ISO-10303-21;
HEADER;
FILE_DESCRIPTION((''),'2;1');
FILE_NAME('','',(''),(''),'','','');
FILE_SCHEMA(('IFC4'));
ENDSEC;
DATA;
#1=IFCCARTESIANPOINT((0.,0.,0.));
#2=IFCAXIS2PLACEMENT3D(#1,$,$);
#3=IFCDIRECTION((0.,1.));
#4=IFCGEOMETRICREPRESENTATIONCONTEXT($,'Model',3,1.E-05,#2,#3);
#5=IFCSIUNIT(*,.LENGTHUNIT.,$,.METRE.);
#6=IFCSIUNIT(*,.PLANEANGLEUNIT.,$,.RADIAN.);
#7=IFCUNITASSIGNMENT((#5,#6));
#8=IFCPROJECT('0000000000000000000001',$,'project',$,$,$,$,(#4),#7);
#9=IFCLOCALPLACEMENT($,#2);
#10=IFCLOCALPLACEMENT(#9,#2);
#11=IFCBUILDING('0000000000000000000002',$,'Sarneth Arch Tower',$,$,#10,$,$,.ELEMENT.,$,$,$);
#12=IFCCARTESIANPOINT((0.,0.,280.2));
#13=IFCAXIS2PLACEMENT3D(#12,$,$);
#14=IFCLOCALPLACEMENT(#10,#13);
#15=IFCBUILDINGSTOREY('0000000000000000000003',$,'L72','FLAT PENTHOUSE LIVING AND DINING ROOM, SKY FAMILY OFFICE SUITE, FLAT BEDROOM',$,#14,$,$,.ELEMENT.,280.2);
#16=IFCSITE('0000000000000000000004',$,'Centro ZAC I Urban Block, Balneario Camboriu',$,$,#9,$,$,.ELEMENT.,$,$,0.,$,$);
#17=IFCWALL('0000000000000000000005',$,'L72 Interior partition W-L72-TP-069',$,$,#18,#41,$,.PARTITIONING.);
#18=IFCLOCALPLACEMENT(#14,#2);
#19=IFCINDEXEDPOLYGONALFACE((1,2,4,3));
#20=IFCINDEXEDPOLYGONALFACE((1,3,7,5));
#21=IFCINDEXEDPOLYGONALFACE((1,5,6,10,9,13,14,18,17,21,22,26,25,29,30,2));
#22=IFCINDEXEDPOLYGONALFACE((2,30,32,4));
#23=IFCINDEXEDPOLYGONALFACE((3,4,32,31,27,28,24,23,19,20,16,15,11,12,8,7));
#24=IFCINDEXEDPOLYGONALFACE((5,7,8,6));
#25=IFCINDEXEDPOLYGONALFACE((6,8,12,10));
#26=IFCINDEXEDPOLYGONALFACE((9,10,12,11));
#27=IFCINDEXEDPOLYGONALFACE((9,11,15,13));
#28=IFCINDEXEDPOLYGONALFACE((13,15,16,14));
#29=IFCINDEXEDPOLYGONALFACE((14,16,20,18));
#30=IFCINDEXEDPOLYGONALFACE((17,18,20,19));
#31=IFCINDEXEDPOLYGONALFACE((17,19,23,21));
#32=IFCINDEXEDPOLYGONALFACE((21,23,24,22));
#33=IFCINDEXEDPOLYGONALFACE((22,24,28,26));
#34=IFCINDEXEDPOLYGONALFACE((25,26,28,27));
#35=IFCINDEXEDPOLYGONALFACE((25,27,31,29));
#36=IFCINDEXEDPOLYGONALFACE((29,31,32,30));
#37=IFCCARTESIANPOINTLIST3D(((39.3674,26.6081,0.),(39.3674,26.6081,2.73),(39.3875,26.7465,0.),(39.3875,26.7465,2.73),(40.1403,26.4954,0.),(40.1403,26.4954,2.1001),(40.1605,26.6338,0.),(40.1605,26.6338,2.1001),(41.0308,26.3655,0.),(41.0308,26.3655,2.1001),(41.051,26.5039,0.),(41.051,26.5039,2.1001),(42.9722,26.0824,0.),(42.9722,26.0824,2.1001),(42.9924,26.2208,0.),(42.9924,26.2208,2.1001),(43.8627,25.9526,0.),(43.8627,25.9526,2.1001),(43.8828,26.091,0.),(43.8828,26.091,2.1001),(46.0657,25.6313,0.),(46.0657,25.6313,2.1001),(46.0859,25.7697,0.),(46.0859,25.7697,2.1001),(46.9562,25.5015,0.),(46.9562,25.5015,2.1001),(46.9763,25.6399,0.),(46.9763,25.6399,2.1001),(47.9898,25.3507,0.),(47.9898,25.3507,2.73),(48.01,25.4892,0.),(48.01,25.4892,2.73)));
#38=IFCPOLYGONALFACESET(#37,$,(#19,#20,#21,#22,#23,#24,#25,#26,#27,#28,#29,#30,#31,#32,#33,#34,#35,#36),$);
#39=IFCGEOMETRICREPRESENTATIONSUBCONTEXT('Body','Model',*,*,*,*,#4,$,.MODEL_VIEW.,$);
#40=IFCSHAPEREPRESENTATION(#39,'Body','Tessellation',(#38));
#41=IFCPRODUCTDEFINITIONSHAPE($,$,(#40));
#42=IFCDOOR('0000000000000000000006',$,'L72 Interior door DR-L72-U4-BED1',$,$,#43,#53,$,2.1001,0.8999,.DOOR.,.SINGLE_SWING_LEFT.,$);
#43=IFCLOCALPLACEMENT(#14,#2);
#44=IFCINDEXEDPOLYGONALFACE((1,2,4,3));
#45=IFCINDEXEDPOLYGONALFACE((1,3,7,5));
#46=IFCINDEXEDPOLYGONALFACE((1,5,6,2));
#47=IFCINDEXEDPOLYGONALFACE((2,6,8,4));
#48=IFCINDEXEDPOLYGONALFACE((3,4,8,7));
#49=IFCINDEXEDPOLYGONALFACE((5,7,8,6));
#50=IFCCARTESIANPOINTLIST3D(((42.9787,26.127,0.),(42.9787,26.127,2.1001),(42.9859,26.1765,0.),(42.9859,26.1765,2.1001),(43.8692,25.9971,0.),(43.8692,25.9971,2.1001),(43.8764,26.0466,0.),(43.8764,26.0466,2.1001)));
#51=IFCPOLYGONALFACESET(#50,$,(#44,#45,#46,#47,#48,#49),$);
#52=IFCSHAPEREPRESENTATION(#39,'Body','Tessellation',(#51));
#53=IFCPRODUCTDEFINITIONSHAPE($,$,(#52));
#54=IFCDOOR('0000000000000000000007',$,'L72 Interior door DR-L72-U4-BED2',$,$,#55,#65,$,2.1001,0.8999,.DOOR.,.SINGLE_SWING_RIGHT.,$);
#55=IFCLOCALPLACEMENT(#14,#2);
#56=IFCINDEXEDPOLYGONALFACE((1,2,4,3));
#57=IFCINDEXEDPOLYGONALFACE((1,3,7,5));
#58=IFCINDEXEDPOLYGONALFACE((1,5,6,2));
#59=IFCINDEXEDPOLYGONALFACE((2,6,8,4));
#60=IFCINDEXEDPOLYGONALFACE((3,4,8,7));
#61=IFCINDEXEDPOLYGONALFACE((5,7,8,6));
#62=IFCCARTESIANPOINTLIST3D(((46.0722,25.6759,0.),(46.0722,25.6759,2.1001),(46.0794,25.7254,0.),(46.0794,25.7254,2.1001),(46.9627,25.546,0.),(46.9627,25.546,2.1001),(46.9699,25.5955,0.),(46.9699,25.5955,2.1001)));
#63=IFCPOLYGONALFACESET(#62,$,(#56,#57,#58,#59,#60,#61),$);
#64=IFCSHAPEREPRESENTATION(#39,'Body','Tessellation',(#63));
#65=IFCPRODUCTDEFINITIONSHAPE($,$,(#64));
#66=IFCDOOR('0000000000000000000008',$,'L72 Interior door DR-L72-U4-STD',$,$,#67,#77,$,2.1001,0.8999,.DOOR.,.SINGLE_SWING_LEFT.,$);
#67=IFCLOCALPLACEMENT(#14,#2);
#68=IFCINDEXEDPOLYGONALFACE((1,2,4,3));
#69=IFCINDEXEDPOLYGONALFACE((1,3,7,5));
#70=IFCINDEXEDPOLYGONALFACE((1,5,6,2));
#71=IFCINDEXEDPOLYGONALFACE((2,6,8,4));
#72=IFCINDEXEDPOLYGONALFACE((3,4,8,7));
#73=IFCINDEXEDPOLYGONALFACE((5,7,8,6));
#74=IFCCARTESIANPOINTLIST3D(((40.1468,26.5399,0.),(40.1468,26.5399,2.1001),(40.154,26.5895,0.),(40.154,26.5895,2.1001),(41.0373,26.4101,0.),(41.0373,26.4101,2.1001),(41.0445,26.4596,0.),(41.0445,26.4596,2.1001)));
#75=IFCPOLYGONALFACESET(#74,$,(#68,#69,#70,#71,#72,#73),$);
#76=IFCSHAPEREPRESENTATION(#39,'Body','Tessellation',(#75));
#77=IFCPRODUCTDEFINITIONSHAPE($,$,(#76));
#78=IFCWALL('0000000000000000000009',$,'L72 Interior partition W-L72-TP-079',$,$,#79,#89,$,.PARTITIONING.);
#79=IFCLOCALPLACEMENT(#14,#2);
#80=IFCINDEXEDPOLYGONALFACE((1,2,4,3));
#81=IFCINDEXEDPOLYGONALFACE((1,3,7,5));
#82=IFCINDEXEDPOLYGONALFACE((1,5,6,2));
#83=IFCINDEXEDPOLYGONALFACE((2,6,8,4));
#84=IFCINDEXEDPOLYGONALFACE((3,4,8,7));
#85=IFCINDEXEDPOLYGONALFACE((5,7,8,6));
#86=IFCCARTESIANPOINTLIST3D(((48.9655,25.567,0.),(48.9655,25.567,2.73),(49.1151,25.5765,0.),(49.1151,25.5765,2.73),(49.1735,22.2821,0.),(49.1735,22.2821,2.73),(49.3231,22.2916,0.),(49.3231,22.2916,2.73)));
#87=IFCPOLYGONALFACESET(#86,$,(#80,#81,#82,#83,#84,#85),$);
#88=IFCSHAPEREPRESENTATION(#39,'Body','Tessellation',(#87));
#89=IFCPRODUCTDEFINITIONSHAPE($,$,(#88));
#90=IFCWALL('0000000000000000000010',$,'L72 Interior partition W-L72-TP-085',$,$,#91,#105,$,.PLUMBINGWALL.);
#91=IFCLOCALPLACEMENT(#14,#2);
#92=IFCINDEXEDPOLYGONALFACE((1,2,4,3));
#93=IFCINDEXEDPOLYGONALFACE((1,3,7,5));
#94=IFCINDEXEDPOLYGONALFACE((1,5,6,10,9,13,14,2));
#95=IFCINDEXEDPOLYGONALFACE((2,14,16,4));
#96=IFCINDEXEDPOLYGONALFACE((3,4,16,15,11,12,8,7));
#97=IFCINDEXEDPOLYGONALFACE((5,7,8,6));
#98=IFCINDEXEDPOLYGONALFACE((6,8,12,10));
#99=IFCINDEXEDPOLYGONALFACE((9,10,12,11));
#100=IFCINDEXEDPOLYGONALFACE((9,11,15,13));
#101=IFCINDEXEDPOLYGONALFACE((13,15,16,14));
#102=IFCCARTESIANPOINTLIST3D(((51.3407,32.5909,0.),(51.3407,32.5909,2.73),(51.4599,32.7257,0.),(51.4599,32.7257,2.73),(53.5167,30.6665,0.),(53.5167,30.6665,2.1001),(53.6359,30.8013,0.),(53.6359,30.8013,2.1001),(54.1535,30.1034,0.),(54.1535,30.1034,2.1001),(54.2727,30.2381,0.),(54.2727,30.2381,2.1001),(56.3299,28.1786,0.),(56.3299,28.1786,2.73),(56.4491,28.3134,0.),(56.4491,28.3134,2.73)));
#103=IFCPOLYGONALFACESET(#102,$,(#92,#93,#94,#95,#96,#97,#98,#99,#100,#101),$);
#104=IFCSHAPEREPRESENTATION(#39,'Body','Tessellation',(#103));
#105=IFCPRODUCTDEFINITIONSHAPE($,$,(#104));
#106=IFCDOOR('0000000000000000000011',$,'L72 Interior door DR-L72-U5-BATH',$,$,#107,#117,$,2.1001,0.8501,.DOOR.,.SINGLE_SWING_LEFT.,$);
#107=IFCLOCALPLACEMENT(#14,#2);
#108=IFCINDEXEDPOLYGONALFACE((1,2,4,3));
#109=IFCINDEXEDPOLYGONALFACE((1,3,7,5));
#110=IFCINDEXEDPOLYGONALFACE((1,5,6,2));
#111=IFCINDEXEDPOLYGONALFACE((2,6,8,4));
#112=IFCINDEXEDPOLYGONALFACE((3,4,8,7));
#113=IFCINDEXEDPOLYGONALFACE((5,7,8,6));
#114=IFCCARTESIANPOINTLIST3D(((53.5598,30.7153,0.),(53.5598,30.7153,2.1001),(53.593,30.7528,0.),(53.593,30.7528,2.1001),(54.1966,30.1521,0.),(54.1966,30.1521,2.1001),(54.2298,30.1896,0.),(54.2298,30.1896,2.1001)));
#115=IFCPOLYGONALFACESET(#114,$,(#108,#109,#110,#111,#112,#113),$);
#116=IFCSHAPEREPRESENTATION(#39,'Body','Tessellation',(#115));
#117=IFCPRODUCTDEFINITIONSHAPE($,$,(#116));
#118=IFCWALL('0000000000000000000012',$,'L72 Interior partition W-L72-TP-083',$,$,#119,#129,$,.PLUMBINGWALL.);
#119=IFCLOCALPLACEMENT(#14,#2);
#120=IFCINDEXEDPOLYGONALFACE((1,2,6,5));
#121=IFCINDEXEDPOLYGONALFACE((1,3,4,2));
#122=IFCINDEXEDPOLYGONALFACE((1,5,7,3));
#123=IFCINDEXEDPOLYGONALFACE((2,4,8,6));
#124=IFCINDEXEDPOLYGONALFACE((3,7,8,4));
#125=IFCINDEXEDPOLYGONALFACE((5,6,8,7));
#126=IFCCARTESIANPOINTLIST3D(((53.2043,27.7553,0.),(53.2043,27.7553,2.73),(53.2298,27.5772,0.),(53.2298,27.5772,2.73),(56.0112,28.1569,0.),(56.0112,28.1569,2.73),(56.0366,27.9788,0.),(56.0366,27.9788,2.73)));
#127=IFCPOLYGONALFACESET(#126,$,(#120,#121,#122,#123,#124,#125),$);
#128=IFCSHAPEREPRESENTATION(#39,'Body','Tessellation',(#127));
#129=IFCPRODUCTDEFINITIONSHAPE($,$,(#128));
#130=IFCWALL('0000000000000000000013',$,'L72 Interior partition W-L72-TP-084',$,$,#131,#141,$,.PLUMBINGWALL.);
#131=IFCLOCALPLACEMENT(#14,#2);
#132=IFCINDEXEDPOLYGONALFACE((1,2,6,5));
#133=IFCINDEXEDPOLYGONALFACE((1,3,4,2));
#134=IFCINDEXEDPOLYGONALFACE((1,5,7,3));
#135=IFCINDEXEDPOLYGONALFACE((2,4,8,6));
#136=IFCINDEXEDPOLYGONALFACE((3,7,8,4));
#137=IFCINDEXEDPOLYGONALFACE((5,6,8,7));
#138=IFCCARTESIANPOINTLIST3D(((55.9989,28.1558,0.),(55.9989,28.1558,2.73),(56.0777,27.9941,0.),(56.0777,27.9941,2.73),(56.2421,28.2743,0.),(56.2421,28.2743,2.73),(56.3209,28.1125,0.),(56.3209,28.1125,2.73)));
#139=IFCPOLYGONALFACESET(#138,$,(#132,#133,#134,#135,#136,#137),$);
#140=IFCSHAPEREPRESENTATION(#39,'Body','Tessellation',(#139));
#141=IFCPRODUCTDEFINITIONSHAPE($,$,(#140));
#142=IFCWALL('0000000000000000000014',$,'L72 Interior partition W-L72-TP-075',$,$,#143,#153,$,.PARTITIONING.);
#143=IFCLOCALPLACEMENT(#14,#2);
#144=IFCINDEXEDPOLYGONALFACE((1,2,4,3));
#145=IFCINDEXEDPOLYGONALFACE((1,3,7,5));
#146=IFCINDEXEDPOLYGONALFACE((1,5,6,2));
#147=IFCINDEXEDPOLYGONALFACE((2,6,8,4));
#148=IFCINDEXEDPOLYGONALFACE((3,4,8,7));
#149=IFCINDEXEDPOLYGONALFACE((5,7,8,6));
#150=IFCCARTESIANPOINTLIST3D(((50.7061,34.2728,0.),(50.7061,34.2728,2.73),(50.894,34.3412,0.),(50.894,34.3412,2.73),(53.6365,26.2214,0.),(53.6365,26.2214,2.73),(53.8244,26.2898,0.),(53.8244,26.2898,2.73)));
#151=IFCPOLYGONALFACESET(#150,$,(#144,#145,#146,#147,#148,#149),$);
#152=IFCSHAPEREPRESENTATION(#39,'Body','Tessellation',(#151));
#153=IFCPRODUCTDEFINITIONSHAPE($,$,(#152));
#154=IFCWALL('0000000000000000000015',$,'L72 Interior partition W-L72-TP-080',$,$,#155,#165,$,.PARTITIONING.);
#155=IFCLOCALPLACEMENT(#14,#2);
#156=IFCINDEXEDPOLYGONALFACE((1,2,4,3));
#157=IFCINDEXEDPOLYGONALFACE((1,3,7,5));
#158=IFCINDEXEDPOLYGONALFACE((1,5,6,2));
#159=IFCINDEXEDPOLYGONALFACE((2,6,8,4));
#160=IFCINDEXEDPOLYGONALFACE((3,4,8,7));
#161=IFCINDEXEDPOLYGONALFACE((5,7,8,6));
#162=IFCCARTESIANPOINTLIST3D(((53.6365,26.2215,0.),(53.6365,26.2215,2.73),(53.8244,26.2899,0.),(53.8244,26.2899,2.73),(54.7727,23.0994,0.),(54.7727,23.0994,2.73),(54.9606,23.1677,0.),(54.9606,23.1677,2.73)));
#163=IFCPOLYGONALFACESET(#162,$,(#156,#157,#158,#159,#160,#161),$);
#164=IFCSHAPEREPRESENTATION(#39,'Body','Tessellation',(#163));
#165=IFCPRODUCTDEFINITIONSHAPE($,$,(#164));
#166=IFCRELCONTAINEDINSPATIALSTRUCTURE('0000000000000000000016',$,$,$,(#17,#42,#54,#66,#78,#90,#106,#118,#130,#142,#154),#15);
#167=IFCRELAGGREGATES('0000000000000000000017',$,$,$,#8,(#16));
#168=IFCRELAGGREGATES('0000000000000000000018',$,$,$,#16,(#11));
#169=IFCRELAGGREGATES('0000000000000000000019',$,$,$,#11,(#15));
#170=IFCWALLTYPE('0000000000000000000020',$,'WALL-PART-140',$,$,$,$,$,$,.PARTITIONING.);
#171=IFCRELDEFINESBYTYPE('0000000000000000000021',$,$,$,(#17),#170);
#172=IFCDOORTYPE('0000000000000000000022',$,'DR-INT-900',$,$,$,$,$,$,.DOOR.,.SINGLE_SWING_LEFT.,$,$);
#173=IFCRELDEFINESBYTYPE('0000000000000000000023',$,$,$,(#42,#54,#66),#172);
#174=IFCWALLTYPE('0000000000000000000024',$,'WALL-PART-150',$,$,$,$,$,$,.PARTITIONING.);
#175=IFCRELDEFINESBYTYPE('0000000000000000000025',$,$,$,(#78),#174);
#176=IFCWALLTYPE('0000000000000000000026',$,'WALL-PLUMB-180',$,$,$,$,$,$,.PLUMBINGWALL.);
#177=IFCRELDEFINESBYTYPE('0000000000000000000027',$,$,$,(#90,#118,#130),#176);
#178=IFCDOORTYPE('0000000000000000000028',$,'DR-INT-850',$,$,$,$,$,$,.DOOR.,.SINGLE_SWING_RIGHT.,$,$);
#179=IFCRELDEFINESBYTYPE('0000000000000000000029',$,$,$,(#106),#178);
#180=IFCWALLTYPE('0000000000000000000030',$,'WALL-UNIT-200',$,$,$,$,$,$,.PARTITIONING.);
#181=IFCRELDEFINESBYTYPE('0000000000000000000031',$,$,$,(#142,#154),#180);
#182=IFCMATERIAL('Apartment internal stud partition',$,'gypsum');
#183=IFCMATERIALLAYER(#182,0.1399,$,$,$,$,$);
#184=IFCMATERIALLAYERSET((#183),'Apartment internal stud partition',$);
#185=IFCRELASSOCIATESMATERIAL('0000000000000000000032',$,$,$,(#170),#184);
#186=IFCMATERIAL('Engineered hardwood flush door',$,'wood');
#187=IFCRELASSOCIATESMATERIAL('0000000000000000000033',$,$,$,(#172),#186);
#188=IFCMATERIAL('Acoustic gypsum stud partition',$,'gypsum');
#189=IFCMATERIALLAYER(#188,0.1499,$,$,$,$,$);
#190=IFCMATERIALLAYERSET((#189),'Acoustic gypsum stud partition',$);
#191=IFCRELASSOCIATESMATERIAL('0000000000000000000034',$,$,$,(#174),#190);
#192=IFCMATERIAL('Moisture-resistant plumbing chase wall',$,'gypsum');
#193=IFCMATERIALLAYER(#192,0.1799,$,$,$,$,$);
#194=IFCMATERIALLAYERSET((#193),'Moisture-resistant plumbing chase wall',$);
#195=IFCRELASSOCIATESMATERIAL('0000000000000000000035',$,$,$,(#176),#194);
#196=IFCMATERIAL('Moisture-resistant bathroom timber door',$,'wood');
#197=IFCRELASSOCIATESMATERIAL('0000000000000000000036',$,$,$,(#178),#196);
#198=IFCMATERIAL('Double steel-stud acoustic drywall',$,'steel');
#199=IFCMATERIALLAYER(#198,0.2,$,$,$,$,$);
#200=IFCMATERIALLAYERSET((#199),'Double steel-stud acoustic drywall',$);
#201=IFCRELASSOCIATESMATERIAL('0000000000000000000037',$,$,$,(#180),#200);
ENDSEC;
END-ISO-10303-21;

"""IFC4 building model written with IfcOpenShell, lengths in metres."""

from ifc_helpers import new_model, si_unit, direction, frame, frame_2d, origin, place, context, subcontext, project, spatial, rectangle, extrude, material, layer, layer_set, type_object, element, fill, save


model = new_model("IFC4")

# Units and contexts
model_context = context("Model", 3, precision=1e-05, world=origin(), true_north=direction((0.0, 1.0)))
body_context = subcontext(model_context, "Body", "Model", "MODEL_VIEW")
ifc_project = project(units=[si_unit("LENGTHUNIT", "METRE"), si_unit("PLANEANGLEUNIT", "RADIAN")], contexts=[model_context])

# Site, building, storey
site_placement = place(None, origin())
site = spatial("IfcSite", under=ifc_project, at=site_placement, Name="Centro ZAC I Urban Block, Balneario Camboriu", CompositionType="ELEMENT", RefElevation=0.0)
building_placement = place(site_placement, origin())
building = spatial("IfcBuilding", under=site, at=building_placement, Name="Sarneth Arch Tower", CompositionType="ELEMENT")
storey_placement = place(building_placement, frame((0.0, 0.0, 280.2)))
storey = spatial("IfcBuildingStorey", under=building, at=storey_placement, Name="L72", Description="FLAT PENTHOUSE LIVING AND DINING ROOM, SKY FAMILY OFFICE SUITE, FLAT BEDROOM", CompositionType="ELEMENT", Elevation=280.2)

# Shared definitions
ifc_material_1 = material(Name="Apartment internal stud partition", Category="gypsum")
ifc_layer_1 = layer(ifc_material_1, 0.1399)
ifc_layer_set_1 = layer_set([ifc_layer_1], Name="Apartment internal stud partition")
wall_type_1 = type_object("IfcWallType", Name="WALL-PART-140", PredefinedType="PARTITIONING", material=ifc_layer_set_1)
ifc_material_2 = material(Name="Engineered hardwood flush door", Category="wood")
door_type_1 = type_object("IfcDoorType", Name="DR-INT-900", OperationType="SINGLE_SWING_LEFT", PredefinedType="DOOR", material=ifc_material_2)

# Wall, openings, doors
wall_1_placement = place(storey_placement, frame((48.0, 25.4199, 0.0), z_axis=(0.0, 0.0, 1.0), x_axis=(-0.989535, 0.144296, 0.0)))
wall_1 = element("IfcWall", 1, at=wall_1_placement, inside=storey, type_object=wall_type_1, Name="L72 Interior partition W-L72-TP-069", PredefinedType="PARTITIONING", context=body_context, shape_type="SweptSolid", body=[
    extrude(rectangle(XDim=8.7136, YDim=0.1399, at=frame_2d((4.3569, 0.0))), origin(), (0.0, 0.0, 1.0), 2.73),
])
opening_1_placement = place(wall_1_placement, frame((4.1709, 0.0, 0.0)))
opening_1 = element("IfcOpeningElement", 2, at=opening_1_placement, cuts=wall_1, PredefinedType="OPENING", context=body_context, shape_type="SweptSolid", body=[
    extrude(rectangle(XDim=0.8999, YDim=2.1001, at=frame_2d((0.45, 1.05))), frame((0.0, 0.0798, 0.0), z_axis=(0.0, -1.0, 0.0), x_axis=(1.0, 0.0, 0.0)), (0.0, 0.0, 1.0), 0.1599),
])
opening_2_placement = place(wall_1_placement, frame((1.0447, 0.0, 0.0)))
opening_2 = element("IfcOpeningElement", 3, at=opening_2_placement, cuts=wall_1, PredefinedType="OPENING", context=body_context, shape_type="SweptSolid", body=[
    extrude(rectangle(XDim=0.8999, YDim=2.1001, at=frame_2d((0.45, 1.05))), frame((0.0, 0.0798, 0.0), z_axis=(0.0, -1.0, 0.0), x_axis=(1.0, 0.0, 0.0)), (0.0, 0.0, 1.0), 0.1599),
])
opening_3_placement = place(wall_1_placement, frame((7.0327, 0.0, 0.0)))
opening_3 = element("IfcOpeningElement", 4, at=opening_3_placement, cuts=wall_1, PredefinedType="OPENING", context=body_context, shape_type="SweptSolid", body=[
    extrude(rectangle(XDim=0.8999, YDim=2.1001, at=frame_2d((0.45, 1.05))), frame((0.0, 0.0798, 0.0), z_axis=(0.0, -1.0, 0.0), x_axis=(1.0, 0.0, 0.0)), (0.0, 0.0, 1.0), 0.1599),
])
door_1_placement = place(opening_1_placement, origin())
door_1 = element("IfcDoor", 5, at=door_1_placement, inside=storey, type_object=door_type_1, Name="L72 Interior door DR-L72-U4-BED1", OperationType="SINGLE_SWING_LEFT", OverallHeight=2.1001, OverallWidth=0.8999, PredefinedType="DOOR", context=body_context, shape_type="SweptSolid", body=[
    extrude(rectangle(XDim=0.8999, YDim=2.1001, at=frame_2d((0.45, 1.05))), frame((0.0, 0.0249, 0.0), z_axis=(0.0, -1.0, 0.0), x_axis=(1.0, 0.0, 0.0)), (0.0, 0.0, 1.0), 0.05),
])
fill(opening_1, door_1)
door_2_placement = place(opening_2_placement, origin())
door_2 = element("IfcDoor", 6, at=door_2_placement, inside=storey, type_object=door_type_1, Name="L72 Interior door DR-L72-U4-BED2", OperationType="SINGLE_SWING_RIGHT", OverallHeight=2.1001, OverallWidth=0.8999, PredefinedType="DOOR", context=body_context, shape_type="SweptSolid", body=[
    extrude(rectangle(XDim=0.8999, YDim=2.1001, at=frame_2d((0.45, 1.05))), frame((0.0, 0.0249, 0.0), z_axis=(0.0, -1.0, 0.0), x_axis=(1.0, 0.0, 0.0)), (0.0, 0.0, 1.0), 0.05),
])
fill(opening_2, door_2)
door_3_placement = place(opening_3_placement, origin())
door_3 = element("IfcDoor", 7, at=door_3_placement, inside=storey, type_object=door_type_1, Name="L72 Interior door DR-L72-U4-STD", OperationType="SINGLE_SWING_LEFT", OverallHeight=2.1001, OverallWidth=0.8999, PredefinedType="DOOR", context=body_context, shape_type="SweptSolid", body=[
    extrude(rectangle(XDim=0.8999, YDim=2.1001, at=frame_2d((0.45, 1.05))), frame((0.0, 0.0249, 0.0), z_axis=(0.0, -1.0, 0.0), x_axis=(1.0, 0.0, 0.0)), (0.0, 0.0, 1.0), 0.05),
])
fill(opening_3, door_3)

# Wall
ifc_material_3 = material(Name="Acoustic gypsum stud partition", Category="gypsum")
ifc_layer_2 = layer(ifc_material_3, 0.1499)
ifc_layer_set_2 = layer_set([ifc_layer_2], Name="Acoustic gypsum stud partition")
wall_type_2 = type_object("IfcWallType", Name="WALL-PART-150", PredefinedType="PARTITIONING", material=ifc_layer_set_2)
wall_2_placement = place(storey_placement, frame((49.0403, 25.5718, 0.0), z_axis=(0.0, 0.0, 1.0), x_axis=(0.063196, -0.998001, 0.0)))
element("IfcWall", 8, at=wall_2_placement, inside=storey, type_object=wall_type_2, Name="L72 Interior partition W-L72-TP-079", PredefinedType="PARTITIONING", context=body_context, shape_type="SweptSolid", body=[
    extrude(rectangle(XDim=3.2915, YDim=0.1499, at=frame_2d((1.6458, 0.0))), origin(), (0.0, 0.0, 1.0), 2.73),
])

# Wall, opening, door
ifc_material_4 = material(Name="Moisture-resistant plumbing chase wall", Category="gypsum")
ifc_layer_3 = layer(ifc_material_4, 0.1799)
ifc_layer_set_3 = layer_set([ifc_layer_3], Name="Moisture-resistant plumbing chase wall")
wall_type_3 = type_object("IfcWallType", Name="WALL-PLUMB-180", PredefinedType="PLUMBINGWALL", material=ifc_layer_set_3)
wall_3_placement = place(storey_placement, frame((56.3894, 28.2461, 0.0), z_axis=(0.0, 0.0, 1.0), x_axis=(-0.749088, 0.662471, 0.0)))
wall_3 = element("IfcWall", 9, at=wall_3_placement, inside=storey, type_object=wall_type_3, Name="L72 Interior partition W-L72-TP-085", PredefinedType="PLUMBINGWALL", context=body_context, shape_type="SweptSolid", body=[
    extrude(rectangle(XDim=6.6604, YDim=0.1799, at=frame_2d((3.3301, 0.0))), origin(), (0.0, 0.0, 1.0), 2.73),
])
opening_4_placement = place(wall_3_placement, frame((2.9053, 0.0, 0.0)))
opening_4 = element("IfcOpeningElement", 10, at=opening_4_placement, cuts=wall_3, PredefinedType="OPENING", context=body_context, shape_type="SweptSolid", body=[
    extrude(rectangle(XDim=0.8501, YDim=2.1001, at=frame_2d((0.425, 1.05))), frame((0.0, 0.0999, 0.0), z_axis=(0.0, -1.0, 0.0), x_axis=(1.0, 0.0, 0.0)), (0.0, 0.0, 1.0), 0.2),
])
ifc_material_5 = material(Name="Moisture-resistant bathroom timber door", Category="wood")
door_type_2 = type_object("IfcDoorType", Name="DR-INT-850", OperationType="SINGLE_SWING_RIGHT", PredefinedType="DOOR", material=ifc_material_5)
door_4_placement = place(opening_4_placement, origin())
door_4 = element("IfcDoor", 11, at=door_4_placement, inside=storey, type_object=door_type_2, Name="L72 Interior door DR-L72-U5-BATH", OperationType="SINGLE_SWING_LEFT", OverallHeight=2.1001, OverallWidth=0.8501, PredefinedType="DOOR", context=body_context, shape_type="SweptSolid", body=[
    extrude(rectangle(XDim=0.8501, YDim=2.1001, at=frame_2d((0.425, 1.05))), frame((0.0, 0.0249, 0.0), z_axis=(0.0, -1.0, 0.0), x_axis=(1.0, 0.0, 0.0)), (0.0, 0.0, 1.0), 0.05),
])
fill(opening_4, door_4)

# Walls
wall_4_placement = place(storey_placement, frame((53.217, 27.6663, 0.0), z_axis=(0.0, 0.0, 1.0), x_axis=(0.989918, 0.141638, 0.0)))
element("IfcWall", 12, at=wall_4_placement, inside=storey, type_object=wall_type_3, Name="L72 Interior partition W-L72-TP-083", PredefinedType="PLUMBINGWALL", context=body_context, shape_type="SweptSolid", body=[
    extrude(rectangle(XDim=2.8354, YDim=0.1799, at=frame_2d((1.4177, 0.0))), origin(), (0.0, 0.0, 1.0), 2.73),
])
wall_5_placement = place(storey_placement, frame((56.0383, 28.075, 0.0), z_axis=(0.0, 0.0, 1.0), x_axis=(0.899072, 0.437801, 0.0)))
element("IfcWall", 13, at=wall_5_placement, inside=storey, type_object=wall_type_3, Name="L72 Interior partition W-L72-TP-084", PredefinedType="PLUMBINGWALL", context=body_context, shape_type="SweptSolid", body=[
    extrude(rectangle(XDim=0.2705, YDim=0.1799, at=frame_2d((0.1353, 0.0))), origin(), (0.0, 0.0, 1.0), 2.73),
])
ifc_material_6 = material(Name="Double steel-stud acoustic drywall", Category="steel")
ifc_layer_4 = layer(ifc_material_6, 0.2)
ifc_layer_set_4 = layer_set([ifc_layer_4], Name="Double steel-stud acoustic drywall")
wall_type_4 = type_object("IfcWallType", Name="WALL-UNIT-200", PredefinedType="PARTITIONING", material=ifc_layer_set_4)
wall_6_placement = place(storey_placement, frame((50.8, 34.3071, 0.0), z_axis=(0.0, 0.0, 1.0), x_axis=(0.342011, -0.939696, 0.0)))
element("IfcWall", 14, at=wall_6_placement, inside=storey, type_object=wall_type_4, Name="L72 Interior partition W-L72-TP-075", PredefinedType="PARTITIONING", context=body_context, shape_type="SweptSolid", body=[
    extrude(rectangle(XDim=8.5681, YDim=0.2, at=frame_2d((4.2842, 0.0))), origin(), (0.0, 0.0, 1.0), 2.73),
])
wall_7_placement = place(storey_placement, frame((53.7305, 26.2556, 0.0), z_axis=(0.0, 0.0, 1.0), x_axis=(0.341991, -0.939703, 0.0)))
element("IfcWall", 15, at=wall_7_placement, inside=storey, type_object=wall_type_4, Name="L72 Interior partition W-L72-TP-080", PredefinedType="PARTITIONING", context=body_context, shape_type="SweptSolid", body=[
    extrude(rectangle(XDim=3.3225, YDim=0.2, at=frame_2d((1.6611, 0.0))), origin(), (0.0, 0.0, 1.0), 2.73),
])

save(model, "model.ifc")
